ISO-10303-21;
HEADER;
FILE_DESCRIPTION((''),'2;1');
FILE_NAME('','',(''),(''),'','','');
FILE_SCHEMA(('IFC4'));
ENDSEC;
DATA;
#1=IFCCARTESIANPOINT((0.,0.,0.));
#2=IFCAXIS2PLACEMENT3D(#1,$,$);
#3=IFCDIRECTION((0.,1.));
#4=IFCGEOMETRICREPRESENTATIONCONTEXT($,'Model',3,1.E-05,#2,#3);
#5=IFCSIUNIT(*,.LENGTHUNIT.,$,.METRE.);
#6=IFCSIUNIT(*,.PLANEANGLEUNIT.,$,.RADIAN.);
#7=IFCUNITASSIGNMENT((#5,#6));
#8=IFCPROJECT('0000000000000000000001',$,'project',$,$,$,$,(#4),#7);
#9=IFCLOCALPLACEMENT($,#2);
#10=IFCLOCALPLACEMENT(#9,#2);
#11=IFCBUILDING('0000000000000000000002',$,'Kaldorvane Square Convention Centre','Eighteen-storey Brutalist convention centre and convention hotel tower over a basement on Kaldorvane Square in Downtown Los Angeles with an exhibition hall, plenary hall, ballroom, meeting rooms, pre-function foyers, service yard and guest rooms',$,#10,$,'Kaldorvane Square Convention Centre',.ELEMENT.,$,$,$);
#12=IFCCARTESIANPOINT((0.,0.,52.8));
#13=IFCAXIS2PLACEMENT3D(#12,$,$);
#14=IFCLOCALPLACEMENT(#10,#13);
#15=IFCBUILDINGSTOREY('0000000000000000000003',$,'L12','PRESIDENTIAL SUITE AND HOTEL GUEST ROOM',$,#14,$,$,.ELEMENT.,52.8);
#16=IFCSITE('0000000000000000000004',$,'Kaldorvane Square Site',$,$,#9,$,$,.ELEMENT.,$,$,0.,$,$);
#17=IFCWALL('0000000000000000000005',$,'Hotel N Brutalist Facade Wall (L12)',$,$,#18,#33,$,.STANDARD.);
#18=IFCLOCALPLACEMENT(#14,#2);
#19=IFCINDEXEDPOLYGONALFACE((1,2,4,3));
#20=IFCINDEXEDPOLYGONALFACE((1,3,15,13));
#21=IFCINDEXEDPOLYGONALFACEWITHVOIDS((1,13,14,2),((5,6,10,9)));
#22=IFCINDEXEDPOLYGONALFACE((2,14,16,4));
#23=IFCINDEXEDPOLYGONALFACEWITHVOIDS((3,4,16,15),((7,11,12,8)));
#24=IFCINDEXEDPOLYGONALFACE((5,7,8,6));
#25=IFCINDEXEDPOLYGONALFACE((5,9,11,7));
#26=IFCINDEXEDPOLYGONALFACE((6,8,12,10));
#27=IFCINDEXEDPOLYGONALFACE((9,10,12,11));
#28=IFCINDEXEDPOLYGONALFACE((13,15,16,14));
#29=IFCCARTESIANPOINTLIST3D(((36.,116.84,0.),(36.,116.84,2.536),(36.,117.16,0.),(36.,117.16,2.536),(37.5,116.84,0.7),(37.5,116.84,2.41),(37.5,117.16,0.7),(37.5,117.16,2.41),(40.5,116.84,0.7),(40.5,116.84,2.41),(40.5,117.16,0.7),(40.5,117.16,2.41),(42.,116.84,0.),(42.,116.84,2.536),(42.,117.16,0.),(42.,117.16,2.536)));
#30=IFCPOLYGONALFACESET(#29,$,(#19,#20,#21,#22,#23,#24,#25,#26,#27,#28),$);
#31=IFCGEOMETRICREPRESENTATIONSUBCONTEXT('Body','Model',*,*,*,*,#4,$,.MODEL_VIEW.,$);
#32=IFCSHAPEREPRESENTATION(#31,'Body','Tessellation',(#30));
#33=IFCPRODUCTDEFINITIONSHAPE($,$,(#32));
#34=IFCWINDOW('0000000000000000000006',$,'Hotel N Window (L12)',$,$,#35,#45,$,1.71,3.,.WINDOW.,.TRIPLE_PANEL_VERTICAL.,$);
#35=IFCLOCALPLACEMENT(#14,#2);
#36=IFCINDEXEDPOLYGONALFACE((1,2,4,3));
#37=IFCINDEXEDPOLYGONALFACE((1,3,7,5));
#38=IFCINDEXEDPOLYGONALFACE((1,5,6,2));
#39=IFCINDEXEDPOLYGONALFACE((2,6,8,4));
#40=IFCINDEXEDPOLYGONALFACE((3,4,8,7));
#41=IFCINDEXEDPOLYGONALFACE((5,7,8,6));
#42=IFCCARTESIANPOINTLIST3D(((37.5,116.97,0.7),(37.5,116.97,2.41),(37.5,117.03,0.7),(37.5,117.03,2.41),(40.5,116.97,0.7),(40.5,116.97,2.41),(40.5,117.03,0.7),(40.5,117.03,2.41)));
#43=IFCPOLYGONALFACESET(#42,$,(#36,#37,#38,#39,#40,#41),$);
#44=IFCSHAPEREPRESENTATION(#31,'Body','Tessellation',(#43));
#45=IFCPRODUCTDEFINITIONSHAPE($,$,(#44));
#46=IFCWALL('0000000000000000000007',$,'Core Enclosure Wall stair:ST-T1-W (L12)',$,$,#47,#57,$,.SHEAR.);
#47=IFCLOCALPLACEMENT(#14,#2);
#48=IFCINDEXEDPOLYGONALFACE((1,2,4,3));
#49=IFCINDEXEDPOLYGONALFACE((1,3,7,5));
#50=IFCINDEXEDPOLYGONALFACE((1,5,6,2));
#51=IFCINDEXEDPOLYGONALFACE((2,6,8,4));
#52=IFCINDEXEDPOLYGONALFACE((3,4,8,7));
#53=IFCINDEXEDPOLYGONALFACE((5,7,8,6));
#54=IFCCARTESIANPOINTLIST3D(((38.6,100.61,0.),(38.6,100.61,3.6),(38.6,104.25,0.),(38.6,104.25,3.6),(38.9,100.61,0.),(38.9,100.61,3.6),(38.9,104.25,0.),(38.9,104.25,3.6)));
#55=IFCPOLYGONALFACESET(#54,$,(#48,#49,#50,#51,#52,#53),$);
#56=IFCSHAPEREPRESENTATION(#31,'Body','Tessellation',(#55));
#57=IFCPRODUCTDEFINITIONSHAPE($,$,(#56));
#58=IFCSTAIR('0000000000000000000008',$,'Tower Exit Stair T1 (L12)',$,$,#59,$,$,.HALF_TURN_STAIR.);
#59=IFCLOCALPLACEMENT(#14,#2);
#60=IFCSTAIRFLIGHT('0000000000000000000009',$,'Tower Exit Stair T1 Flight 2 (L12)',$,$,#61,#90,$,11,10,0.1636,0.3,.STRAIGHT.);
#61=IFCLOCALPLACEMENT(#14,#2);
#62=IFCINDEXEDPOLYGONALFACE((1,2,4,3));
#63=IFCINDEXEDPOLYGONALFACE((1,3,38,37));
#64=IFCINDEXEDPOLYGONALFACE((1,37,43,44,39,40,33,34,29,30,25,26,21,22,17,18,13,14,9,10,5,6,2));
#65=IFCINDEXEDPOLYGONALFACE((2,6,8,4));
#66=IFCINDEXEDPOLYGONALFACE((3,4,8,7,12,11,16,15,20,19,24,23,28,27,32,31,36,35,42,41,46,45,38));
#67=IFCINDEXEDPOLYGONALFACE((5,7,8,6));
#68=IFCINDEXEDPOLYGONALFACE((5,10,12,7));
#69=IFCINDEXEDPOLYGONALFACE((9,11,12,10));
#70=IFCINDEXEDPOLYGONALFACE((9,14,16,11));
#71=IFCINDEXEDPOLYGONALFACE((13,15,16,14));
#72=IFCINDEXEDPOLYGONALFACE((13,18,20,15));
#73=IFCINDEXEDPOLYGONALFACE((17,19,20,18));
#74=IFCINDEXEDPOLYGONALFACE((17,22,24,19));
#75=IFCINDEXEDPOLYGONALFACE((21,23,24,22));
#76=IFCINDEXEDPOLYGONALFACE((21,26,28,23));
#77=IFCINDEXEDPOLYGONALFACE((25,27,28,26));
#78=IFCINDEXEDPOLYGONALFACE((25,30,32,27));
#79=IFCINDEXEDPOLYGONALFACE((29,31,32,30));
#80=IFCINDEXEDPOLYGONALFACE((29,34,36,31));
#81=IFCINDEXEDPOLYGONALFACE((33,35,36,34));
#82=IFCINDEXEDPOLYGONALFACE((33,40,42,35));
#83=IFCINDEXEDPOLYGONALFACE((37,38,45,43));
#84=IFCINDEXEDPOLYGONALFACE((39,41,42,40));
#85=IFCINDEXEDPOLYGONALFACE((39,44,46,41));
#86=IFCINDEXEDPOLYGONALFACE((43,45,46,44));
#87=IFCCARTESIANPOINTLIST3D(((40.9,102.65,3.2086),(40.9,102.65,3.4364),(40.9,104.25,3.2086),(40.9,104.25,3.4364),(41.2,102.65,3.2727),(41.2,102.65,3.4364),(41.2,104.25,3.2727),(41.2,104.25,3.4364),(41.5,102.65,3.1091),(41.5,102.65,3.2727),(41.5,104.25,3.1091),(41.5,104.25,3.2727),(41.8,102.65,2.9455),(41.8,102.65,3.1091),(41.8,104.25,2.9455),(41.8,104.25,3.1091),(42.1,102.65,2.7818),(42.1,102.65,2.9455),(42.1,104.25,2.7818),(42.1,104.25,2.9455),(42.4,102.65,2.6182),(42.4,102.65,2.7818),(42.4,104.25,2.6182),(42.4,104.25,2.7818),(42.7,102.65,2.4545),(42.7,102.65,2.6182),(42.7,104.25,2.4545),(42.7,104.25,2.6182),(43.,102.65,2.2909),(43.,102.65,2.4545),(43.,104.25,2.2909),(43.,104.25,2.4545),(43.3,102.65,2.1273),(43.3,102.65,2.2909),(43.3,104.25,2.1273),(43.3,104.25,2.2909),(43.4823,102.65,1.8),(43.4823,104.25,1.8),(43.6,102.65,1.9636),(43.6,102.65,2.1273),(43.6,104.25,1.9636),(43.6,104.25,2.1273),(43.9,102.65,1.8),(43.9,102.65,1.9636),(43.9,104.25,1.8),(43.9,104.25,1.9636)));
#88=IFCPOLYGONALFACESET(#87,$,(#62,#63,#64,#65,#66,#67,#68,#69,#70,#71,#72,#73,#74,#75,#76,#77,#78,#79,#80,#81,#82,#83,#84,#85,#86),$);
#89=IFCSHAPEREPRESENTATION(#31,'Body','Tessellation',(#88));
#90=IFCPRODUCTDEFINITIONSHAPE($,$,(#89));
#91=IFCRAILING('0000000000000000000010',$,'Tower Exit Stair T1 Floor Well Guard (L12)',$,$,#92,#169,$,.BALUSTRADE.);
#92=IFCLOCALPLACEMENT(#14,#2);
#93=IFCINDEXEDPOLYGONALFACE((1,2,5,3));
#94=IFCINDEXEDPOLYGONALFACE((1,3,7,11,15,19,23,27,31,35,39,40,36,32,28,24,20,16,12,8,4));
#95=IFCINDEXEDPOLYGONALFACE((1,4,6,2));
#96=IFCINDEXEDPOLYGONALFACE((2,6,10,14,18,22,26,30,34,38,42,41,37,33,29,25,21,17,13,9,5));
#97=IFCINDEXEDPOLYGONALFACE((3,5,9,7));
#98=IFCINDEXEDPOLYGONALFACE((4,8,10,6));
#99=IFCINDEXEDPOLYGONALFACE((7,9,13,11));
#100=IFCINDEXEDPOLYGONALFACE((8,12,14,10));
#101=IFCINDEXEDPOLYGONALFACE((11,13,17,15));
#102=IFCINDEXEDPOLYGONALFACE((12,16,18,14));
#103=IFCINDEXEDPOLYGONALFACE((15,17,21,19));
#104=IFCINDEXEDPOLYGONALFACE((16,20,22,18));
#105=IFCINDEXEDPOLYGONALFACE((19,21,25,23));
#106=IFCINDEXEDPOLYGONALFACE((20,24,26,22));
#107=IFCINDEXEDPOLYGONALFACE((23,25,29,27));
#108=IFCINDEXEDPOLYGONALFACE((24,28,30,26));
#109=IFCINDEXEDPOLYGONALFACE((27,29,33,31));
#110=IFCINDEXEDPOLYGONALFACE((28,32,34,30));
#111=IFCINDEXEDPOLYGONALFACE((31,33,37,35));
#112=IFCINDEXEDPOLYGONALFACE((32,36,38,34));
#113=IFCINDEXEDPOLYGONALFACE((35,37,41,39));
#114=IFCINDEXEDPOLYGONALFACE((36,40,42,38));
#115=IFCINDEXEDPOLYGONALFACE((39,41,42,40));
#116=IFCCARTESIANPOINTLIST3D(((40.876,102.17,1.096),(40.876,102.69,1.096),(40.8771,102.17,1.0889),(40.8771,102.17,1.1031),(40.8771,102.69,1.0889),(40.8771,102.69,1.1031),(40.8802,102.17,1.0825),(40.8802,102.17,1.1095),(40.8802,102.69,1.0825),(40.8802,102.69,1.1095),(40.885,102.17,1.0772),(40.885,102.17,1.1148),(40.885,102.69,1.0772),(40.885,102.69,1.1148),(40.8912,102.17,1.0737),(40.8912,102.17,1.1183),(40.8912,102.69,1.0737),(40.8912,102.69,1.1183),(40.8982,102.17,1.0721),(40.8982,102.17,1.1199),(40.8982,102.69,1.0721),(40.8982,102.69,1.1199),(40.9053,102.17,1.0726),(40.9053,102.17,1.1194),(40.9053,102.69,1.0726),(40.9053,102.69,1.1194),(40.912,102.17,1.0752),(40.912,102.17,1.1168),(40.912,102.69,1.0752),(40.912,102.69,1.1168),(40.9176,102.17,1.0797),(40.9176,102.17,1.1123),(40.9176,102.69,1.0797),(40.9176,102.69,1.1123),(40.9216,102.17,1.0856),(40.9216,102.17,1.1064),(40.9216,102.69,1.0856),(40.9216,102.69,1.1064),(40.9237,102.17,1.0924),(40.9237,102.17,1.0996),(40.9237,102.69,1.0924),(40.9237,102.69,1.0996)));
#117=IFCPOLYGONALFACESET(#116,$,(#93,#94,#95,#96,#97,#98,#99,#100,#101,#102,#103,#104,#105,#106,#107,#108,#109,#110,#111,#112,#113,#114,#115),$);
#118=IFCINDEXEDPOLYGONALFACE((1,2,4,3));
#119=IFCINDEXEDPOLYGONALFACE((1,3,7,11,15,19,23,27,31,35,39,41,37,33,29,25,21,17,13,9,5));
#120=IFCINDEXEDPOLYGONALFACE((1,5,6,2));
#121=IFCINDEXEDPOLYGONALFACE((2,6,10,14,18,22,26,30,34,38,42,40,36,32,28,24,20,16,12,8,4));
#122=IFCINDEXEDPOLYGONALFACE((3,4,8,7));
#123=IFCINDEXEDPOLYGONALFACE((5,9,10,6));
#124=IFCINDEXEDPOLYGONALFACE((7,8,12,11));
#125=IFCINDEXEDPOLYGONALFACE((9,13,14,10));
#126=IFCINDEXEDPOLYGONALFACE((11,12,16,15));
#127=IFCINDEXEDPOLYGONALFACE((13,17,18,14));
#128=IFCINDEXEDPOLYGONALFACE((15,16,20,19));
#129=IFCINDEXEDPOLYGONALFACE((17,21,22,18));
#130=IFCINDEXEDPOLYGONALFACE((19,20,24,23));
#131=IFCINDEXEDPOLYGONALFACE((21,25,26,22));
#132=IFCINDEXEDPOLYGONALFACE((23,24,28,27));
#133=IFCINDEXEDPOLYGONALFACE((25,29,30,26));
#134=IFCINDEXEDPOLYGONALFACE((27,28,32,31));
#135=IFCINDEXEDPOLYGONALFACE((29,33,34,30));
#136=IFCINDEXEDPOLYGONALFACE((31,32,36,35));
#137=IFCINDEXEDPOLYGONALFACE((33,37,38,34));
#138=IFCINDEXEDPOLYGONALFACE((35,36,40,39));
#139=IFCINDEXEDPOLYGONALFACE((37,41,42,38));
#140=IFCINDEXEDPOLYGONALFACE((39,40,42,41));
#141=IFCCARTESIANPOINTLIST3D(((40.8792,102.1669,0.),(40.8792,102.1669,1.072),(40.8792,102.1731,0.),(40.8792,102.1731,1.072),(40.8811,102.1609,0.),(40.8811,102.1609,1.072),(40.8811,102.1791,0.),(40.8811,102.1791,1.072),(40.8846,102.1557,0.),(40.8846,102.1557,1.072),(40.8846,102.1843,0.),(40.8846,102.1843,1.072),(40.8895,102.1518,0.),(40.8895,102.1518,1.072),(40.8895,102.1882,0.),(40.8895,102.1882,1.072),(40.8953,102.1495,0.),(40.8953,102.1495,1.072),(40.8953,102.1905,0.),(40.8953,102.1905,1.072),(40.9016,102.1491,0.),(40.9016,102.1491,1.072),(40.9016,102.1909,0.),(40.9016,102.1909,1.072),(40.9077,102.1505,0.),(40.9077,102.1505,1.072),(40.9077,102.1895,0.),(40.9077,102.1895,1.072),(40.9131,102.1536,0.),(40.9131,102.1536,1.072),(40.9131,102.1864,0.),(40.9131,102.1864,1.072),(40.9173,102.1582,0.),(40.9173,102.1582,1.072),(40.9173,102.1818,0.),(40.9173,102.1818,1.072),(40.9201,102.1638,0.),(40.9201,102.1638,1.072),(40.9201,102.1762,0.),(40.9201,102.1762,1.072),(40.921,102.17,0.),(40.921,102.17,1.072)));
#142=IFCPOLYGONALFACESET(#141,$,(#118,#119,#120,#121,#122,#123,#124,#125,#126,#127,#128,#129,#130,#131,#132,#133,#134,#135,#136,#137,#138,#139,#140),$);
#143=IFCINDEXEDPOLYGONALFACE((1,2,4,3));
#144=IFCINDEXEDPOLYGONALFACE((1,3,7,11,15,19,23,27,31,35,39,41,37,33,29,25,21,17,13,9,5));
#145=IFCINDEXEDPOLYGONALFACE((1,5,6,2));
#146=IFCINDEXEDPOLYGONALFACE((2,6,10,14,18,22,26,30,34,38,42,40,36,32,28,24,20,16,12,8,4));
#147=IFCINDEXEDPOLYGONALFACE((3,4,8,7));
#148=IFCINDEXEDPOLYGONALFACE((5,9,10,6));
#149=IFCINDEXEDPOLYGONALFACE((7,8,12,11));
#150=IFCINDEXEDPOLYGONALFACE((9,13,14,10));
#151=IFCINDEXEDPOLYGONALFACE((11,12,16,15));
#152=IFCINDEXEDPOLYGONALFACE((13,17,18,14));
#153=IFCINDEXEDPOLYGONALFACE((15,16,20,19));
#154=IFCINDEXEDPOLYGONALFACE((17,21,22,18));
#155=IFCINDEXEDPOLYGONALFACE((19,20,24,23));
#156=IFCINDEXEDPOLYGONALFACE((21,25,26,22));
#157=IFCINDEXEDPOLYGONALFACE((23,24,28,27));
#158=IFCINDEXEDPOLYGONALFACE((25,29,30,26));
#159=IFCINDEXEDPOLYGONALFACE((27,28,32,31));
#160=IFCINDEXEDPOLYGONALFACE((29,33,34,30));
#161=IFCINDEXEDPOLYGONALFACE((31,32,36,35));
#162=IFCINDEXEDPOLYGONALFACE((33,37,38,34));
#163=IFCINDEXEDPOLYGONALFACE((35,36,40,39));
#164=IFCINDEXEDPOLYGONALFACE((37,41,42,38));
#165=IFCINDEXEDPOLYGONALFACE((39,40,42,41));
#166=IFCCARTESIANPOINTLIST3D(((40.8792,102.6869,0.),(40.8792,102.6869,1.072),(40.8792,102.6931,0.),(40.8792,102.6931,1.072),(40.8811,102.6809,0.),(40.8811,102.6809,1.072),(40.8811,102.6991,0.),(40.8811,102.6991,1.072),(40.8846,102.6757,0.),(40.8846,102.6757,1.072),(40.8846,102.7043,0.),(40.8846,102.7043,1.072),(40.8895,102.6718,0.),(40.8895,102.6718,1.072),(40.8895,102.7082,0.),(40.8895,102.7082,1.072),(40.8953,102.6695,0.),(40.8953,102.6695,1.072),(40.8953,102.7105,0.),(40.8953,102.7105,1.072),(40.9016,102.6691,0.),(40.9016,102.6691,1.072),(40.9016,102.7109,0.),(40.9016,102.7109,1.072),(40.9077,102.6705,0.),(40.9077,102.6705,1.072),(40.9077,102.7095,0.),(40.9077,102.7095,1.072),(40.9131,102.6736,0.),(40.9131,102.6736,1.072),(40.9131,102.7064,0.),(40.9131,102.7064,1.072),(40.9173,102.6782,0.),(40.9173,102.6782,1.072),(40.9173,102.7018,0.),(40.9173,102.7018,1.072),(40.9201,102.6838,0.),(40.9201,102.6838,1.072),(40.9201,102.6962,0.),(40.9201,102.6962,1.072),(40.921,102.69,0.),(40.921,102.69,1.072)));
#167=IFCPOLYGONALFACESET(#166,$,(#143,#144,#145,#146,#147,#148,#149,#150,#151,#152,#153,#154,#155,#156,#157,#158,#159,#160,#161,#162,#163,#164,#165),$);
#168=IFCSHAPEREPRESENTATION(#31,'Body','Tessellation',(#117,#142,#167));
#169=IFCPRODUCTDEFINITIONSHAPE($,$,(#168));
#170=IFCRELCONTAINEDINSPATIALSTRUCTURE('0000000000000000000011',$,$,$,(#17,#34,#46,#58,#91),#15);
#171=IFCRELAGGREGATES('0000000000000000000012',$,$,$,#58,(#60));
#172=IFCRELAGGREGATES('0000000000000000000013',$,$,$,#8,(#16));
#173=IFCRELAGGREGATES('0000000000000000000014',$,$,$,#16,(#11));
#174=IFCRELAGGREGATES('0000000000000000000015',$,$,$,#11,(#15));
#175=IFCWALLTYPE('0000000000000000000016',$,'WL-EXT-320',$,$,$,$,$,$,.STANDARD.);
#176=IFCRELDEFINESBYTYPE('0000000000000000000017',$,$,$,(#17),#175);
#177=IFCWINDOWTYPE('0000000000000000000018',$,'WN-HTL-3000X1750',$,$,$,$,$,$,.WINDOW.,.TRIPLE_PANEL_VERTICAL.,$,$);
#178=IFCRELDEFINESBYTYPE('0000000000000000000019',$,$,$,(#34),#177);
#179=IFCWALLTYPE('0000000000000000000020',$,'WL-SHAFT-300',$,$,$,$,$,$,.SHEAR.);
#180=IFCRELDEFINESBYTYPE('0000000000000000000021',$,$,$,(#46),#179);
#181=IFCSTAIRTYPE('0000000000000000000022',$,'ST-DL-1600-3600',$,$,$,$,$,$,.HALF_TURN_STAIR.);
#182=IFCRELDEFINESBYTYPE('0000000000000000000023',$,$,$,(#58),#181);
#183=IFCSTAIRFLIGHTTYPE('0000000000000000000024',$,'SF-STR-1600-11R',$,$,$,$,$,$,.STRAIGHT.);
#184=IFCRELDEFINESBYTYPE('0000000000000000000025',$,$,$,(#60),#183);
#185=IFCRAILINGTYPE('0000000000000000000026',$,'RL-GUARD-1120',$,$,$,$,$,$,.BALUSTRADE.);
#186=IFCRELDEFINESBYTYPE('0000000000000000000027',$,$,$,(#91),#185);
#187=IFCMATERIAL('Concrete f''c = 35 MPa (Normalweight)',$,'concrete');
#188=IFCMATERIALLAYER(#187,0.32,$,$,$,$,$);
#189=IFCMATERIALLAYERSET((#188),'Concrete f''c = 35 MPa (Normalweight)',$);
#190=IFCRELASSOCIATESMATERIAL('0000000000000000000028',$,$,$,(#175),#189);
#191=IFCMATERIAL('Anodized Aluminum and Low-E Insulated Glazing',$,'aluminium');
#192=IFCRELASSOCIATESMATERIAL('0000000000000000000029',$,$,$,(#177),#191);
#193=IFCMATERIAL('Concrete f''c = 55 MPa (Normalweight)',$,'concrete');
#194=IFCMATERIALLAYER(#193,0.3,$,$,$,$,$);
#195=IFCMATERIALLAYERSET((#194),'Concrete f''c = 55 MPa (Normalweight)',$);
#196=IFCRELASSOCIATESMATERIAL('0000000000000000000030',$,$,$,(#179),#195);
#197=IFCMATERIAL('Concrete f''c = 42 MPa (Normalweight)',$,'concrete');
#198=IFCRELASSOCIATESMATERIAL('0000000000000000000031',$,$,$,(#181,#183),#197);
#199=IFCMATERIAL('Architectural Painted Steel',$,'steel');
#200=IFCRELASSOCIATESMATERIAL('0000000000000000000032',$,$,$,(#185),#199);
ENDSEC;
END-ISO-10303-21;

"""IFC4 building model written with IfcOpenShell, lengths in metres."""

from ifc_helpers import new_model, si_unit, direction, frame, frame_2d, origin, origin_2d, place, context, subcontext, project, spatial, polyline, rectangle, circle, outline, extrude, material, layer, layer_set, type_object, element, fill, aggregate, save


model = new_model("IFC4")

# Units and contexts
model_context = context("Model", 3, precision=1e-05, world=origin(), true_north=direction((0.0, 1.0)))
body_context = subcontext(model_context, "Body", "Model", "MODEL_VIEW")
ifc_project = project(units=[si_unit("LENGTHUNIT", "METRE"), si_unit("PLANEANGLEUNIT", "RADIAN")], contexts=[model_context])

# Site, building, storey
site_placement = place(None, origin())
site = spatial("IfcSite", under=ifc_project, at=site_placement, Name="Kaldorvane Square Site", CompositionType="ELEMENT", RefElevation=0.0)
building_placement = place(site_placement, origin())
building = spatial("IfcBuilding", under=site, at=building_placement, Name="Kaldorvane Square Convention Centre", Description="Eighteen-storey Brutalist convention centre and convention hotel tower over a basement on Kaldorvane Square in Downtown Los Angeles with an exhibition hall, plenary hall, ballroom, meeting rooms, pre-function foyers, service yard and guest rooms", LongName="Kaldorvane Square Convention Centre", CompositionType="ELEMENT")
storey_placement = place(building_placement, frame((0.0, 0.0, 52.8)))
storey = spatial("IfcBuildingStorey", under=building, at=storey_placement, Name="L12", Description="PRESIDENTIAL SUITE AND HOTEL GUEST ROOM", CompositionType="ELEMENT", Elevation=52.8)

# Shared definitions
ifc_material_1 = material(Name="Concrete f'c = 42 MPa (Normalweight)", Category="concrete")

# Wall, opening, window
ifc_material_2 = material(Name="Concrete f'c = 35 MPa (Normalweight)", Category="concrete")
ifc_layer_1 = layer(ifc_material_2, 0.32)
ifc_layer_set_1 = layer_set([ifc_layer_1], Name="Concrete f'c = 35 MPa (Normalweight)")
wall_type_1 = type_object("IfcWallType", Name="WL-EXT-320", PredefinedType="STANDARD", material=ifc_layer_set_1)
ifc_material_3 = material(Name="Anodized Aluminum and Low-E Insulated Glazing", Category="aluminium")
window_type = type_object("IfcWindowType", Name="WN-HTL-3000X1750", PartitioningType="TRIPLE_PANEL_VERTICAL", PredefinedType="WINDOW", material=ifc_material_3)
wall_1_placement = place(storey_placement, frame((42.0, 117.0, 0.0), z_axis=(0.0, 0.0, 1.0), x_axis=(-1.0, 0.0, 0.0)))
wall_1 = element("IfcWall", 1, at=wall_1_placement, inside=storey, type_object=wall_type_1, Name="Hotel N Brutalist Facade Wall (L12)", PredefinedType="STANDARD", context=body_context, shape_type="SweptSolid", body=[
    extrude(rectangle(XDim=6.0, YDim=0.32, at=frame_2d((3.0, 0.0))), origin(), (0.0, 0.0, 1.0), 2.536),
])
opening_1_placement = place(wall_1_placement, frame((1.5, 0.0, 0.7)))
opening_1 = element("IfcOpeningElement", 2, at=opening_1_placement, cuts=wall_1, PredefinedType="OPENING", context=body_context, shape_type="SweptSolid", body=[
    extrude(rectangle(XDim=3.0, YDim=1.71, at=frame_2d((1.5, 0.855))), frame((0.0, 0.175, 0.0), z_axis=(0.0, -1.0, 0.0), x_axis=(1.0, 0.0, 0.0)), (0.0, 0.0, 1.0), 0.35),
])
window_1_placement = place(opening_1_placement, origin())
window_1 = element("IfcWindow", 3, at=window_1_placement, inside=storey, type_object=window_type, Name="Hotel N Window (L12)", OverallHeight=1.71, OverallWidth=3.0, PartitioningType="TRIPLE_PANEL_VERTICAL", PredefinedType="WINDOW", context=body_context, shape_type="SweptSolid", body=[
    extrude(rectangle(XDim=3.0, YDim=1.71, at=frame_2d((1.5, 0.855))), frame((0.0, 0.03, 0.0), z_axis=(0.0, -1.0, 0.0), x_axis=(1.0, 0.0, 0.0)), (0.0, 0.0, 1.0), 0.06),
])
fill(opening_1, window_1)

# Wall
ifc_material_4 = material(Name="Concrete f'c = 55 MPa (Normalweight)", Category="concrete")
ifc_layer_2 = layer(ifc_material_4, 0.3)
ifc_layer_set_2 = layer_set([ifc_layer_2], Name="Concrete f'c = 55 MPa (Normalweight)")
wall_type_2 = type_object("IfcWallType", Name="WL-SHAFT-300", PredefinedType="SHEAR", material=ifc_layer_set_2)
wall_2_placement = place(storey_placement, frame((38.75, 104.25, 0.0), z_axis=(0.0, 0.0, 1.0), x_axis=(0.0, -1.0, 0.0)))
element("IfcWall", 4, at=wall_2_placement, inside=storey, type_object=wall_type_2, Name="Core Enclosure Wall stair:ST-T1-W (L12)", PredefinedType="SHEAR", context=body_context, shape_type="SweptSolid", body=[
    extrude(rectangle(XDim=3.64, YDim=0.3, at=frame_2d((1.82, 0.0))), origin(), (0.0, 0.0, 1.0), 3.6),
])

# Stair, stair flight
stair_type = type_object("IfcStairType", Name="ST-DL-1600-3600", PredefinedType="HALF_TURN_STAIR", material=ifc_material_1)
stair_placement = place(storey_placement, origin())
stair = element("IfcStair", 5, at=stair_placement, inside=storey, type_object=stair_type, Name="Tower Exit Stair T1 (L12)", PredefinedType="HALF_TURN_STAIR")
stair_flight_type = type_object("IfcStairFlightType", Name="SF-STR-1600-11R", PredefinedType="STRAIGHT", material=ifc_material_1)
stair_flight_placement = place(storey_placement, frame((43.9, 103.45, 1.8), z_axis=(0.0, 0.0, 1.0), x_axis=(-1.0, 0.0, 0.0)))
stair_flight = element("IfcStairFlight", 6, at=stair_flight_placement, type_object=stair_flight_type, Name="Tower Exit Stair T1 Flight 2 (L12)", NumberOfRisers=11, NumberOfTreads=10, PredefinedType="STRAIGHT", RiserHeight=0.1636, TreadLength=0.3, context=body_context, shape_type="SweptSolid", body=[
    extrude(outline(polyline([(0.0, 0.0), (0.0, 0.1636), (0.3, 0.1636), (0.3, 0.3273), (0.6, 0.3273), (0.6, 0.4909), (0.9, 0.4909), (0.9, 0.6545), (1.2, 0.6545), (1.2, 0.8182), (1.5, 0.8182), (1.5, 0.9818), (1.8, 0.9818), (1.8, 1.1455), (2.1, 1.1455), (2.1, 1.3091), (2.4, 1.3091), (2.4, 1.4727), (2.7, 1.4727), (2.7, 1.6364), (3.0, 1.6364), (3.0, 1.8), (3.0, 1.4086), (0.4177, 0.0), (0.0, 0.0)])), frame((0.0, 0.8, 0.0), z_axis=(0.0, -1.0, 0.0), x_axis=(1.0, 0.0, 0.0)), (0.0, 0.0, 1.0), 1.6),
])
aggregate(stair, [stair_flight])

# Railing
ifc_material_5 = material(Name="Architectural Painted Steel", Category="steel")
railing_type_1 = type_object("IfcRailingType", Name="RL-GUARD-1120", PredefinedType="BALUSTRADE", material=ifc_material_5)
for number, where, name in (
    (7, (40.9, 102.17, 0.0), "Tower Exit Stair T1 Floor Well Guard (L12)"),
):
    element("IfcRailing", number, at=place(storey_placement, frame(where)), inside=storey, type_object=railing_type_1, Name=name, PredefinedType="BALUSTRADE", context=body_context, shape_type="SweptSolid", body=[
        extrude(circle(Radius=0.024, at=origin_2d()), frame((0.0, 0.0, 1.096), z_axis=(0.0, 1.0, 0.0), x_axis=(-1.0, 0.0, 0.0)), (0.0, 0.0, 1.0), 0.52),
        extrude(circle(Radius=0.021, at=origin_2d()), origin(), (0.0, 0.0, 1.0), 1.072),
        extrude(circle(Radius=0.021, at=origin_2d()), frame((0.0, 0.52, 0.0)), (0.0, 0.0, 1.0), 1.072),
    ])

save(model, "model.ifc")
